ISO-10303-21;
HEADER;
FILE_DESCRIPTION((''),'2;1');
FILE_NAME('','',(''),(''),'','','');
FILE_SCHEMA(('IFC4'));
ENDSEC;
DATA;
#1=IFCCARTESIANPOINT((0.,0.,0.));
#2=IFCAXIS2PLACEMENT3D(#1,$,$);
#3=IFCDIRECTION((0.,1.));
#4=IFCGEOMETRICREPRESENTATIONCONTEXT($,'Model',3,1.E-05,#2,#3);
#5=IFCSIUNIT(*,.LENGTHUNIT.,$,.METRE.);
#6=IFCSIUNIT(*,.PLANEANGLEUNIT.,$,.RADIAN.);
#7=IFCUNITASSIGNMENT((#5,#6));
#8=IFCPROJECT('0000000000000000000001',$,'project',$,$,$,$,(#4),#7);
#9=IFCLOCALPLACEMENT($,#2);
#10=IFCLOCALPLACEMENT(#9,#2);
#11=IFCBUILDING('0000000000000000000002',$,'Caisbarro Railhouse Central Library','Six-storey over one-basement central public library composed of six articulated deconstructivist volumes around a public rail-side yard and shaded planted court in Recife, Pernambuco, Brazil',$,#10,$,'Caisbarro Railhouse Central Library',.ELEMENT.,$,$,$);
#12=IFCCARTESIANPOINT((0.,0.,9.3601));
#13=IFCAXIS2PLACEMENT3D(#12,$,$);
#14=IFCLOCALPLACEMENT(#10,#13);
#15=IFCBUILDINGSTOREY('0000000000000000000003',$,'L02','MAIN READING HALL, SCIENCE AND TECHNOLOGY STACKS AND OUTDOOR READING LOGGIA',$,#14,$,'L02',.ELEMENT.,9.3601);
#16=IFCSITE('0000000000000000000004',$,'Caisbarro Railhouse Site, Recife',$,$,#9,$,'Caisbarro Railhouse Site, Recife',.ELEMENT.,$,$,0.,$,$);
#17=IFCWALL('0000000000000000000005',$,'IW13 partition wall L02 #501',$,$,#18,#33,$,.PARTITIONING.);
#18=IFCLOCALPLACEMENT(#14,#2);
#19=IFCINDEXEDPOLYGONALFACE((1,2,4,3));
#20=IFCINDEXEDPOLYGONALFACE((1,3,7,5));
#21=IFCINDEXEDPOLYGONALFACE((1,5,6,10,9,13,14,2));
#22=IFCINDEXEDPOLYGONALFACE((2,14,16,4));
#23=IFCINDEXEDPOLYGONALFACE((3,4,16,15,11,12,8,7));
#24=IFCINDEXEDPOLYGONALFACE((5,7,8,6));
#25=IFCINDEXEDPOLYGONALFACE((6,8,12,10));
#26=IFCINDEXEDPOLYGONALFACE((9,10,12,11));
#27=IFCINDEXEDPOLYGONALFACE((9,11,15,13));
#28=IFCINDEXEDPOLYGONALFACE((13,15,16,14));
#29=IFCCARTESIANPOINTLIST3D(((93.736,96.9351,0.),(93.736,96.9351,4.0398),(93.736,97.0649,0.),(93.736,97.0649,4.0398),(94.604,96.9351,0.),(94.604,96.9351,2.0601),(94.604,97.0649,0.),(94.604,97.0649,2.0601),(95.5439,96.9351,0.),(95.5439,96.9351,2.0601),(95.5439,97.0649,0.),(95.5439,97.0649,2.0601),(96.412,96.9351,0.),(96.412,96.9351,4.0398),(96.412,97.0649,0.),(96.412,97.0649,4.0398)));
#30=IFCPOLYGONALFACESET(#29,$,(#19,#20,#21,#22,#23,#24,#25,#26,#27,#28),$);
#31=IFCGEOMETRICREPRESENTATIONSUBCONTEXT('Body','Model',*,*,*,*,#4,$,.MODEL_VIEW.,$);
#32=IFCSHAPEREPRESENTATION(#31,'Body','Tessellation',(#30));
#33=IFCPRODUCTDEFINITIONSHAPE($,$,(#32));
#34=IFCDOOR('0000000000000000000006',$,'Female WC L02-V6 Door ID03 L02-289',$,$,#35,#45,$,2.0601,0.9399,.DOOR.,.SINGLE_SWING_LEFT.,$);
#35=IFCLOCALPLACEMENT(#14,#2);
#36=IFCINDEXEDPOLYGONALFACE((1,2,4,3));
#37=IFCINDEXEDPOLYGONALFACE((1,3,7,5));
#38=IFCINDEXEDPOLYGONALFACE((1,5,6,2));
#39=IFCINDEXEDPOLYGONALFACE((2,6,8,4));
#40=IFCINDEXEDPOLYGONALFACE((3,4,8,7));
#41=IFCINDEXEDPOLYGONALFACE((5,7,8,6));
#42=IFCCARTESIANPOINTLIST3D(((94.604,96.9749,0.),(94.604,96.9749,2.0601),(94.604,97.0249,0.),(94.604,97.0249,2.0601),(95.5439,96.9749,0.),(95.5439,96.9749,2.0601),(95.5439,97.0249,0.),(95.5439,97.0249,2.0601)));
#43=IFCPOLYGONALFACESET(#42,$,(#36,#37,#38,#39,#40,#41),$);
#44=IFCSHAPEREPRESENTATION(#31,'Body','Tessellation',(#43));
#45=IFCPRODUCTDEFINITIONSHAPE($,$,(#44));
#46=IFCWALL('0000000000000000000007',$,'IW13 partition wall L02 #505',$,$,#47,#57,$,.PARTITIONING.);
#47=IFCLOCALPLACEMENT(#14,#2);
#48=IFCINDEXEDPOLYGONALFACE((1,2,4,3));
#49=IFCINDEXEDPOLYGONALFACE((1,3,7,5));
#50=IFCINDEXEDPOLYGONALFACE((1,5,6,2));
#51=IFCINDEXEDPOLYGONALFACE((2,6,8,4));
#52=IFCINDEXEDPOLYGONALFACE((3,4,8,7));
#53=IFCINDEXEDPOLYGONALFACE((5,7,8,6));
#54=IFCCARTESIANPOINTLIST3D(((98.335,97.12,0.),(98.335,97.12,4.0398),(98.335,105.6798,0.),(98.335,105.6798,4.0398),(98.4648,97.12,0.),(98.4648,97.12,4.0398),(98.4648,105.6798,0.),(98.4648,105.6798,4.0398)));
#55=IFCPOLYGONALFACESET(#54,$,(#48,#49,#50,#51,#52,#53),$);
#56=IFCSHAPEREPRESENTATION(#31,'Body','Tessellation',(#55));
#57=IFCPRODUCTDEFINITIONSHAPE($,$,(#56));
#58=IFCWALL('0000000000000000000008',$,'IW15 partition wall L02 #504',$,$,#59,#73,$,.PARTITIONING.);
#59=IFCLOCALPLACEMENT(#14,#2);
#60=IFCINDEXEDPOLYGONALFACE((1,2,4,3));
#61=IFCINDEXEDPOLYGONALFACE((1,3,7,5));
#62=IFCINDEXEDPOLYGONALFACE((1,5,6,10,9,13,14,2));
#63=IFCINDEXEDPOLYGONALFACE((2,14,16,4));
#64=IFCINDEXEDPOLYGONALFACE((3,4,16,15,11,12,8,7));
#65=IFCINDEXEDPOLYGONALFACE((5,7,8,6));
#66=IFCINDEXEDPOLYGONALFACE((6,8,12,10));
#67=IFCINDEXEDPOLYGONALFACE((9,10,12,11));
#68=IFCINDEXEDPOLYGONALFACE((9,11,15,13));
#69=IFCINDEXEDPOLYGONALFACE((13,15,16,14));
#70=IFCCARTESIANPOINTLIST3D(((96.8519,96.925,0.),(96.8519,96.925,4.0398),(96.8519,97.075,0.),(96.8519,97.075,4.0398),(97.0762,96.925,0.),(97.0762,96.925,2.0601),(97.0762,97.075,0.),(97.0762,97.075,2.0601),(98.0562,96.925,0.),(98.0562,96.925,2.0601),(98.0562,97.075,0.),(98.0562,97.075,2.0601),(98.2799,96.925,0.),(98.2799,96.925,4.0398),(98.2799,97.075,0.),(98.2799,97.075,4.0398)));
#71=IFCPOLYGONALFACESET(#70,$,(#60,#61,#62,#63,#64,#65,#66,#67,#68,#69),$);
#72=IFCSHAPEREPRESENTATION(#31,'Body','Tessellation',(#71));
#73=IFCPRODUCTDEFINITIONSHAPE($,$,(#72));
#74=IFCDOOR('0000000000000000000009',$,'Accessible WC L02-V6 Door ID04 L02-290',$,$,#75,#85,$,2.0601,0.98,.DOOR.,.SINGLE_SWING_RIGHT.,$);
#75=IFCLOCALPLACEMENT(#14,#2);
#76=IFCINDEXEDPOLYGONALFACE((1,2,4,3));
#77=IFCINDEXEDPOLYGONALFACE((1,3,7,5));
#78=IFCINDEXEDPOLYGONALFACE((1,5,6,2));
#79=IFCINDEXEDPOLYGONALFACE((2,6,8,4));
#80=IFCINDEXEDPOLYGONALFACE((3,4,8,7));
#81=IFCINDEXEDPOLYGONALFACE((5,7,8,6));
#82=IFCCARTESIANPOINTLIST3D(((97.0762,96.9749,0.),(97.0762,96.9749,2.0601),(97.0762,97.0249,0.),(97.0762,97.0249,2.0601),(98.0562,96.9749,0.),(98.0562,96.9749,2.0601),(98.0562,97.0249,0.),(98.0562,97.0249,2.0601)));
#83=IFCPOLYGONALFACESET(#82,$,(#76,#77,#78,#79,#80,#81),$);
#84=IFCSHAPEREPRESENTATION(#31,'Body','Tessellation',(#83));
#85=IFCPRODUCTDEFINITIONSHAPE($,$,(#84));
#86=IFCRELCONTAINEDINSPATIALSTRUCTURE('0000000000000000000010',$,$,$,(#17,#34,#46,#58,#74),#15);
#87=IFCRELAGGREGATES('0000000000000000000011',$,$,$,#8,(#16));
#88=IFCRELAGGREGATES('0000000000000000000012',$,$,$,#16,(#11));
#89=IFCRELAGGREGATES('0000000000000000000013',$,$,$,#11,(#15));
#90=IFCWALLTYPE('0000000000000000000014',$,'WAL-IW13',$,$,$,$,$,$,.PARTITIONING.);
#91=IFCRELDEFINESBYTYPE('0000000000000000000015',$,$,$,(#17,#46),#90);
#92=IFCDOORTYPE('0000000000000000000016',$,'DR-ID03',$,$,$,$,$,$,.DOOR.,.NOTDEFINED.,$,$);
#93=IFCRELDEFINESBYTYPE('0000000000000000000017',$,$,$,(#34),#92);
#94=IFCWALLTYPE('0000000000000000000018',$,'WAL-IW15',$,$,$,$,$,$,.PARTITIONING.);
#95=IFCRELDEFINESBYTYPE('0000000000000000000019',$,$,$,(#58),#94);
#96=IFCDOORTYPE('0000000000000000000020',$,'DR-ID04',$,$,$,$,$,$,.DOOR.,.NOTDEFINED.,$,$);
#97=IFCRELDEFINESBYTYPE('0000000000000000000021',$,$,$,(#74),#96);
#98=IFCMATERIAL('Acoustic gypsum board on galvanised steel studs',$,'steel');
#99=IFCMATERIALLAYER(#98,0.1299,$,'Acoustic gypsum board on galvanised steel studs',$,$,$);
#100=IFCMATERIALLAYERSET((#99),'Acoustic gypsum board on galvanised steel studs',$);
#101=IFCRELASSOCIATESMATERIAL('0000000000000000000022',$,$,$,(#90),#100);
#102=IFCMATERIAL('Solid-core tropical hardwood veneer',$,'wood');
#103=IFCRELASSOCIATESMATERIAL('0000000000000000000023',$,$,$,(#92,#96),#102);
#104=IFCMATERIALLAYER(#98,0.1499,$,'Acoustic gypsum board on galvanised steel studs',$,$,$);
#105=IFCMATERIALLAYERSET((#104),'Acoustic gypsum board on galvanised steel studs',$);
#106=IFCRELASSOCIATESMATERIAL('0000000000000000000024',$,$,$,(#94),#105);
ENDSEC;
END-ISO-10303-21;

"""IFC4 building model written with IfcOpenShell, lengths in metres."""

from ifc_helpers import new_model, si_unit, direction, frame, frame_2d, origin, place, context, subcontext, project, spatial, rectangle, extrude, material, layer, layer_set, type_object, element, fill, save


model = new_model("IFC4")

# Units and contexts
model_context = context("Model", 3, precision=1e-05, world=origin(), true_north=direction((0.0, 1.0)))
body_context = subcontext(model_context, "Body", "Model", "MODEL_VIEW")
ifc_project = project(units=[si_unit("LENGTHUNIT", "METRE"), si_unit("PLANEANGLEUNIT", "RADIAN")], contexts=[model_context])

# Site, building, storey
site_placement = place(None, origin())
site = spatial("IfcSite", under=ifc_project, at=site_placement, Name="Caisbarro Railhouse Site, Recife", LongName="Caisbarro Railhouse Site, Recife", CompositionType="ELEMENT", RefElevation=0.0)
building_placement = place(site_placement, origin())
building = spatial("IfcBuilding", under=site, at=building_placement, Name="Caisbarro Railhouse Central Library", Description="Six-storey over one-basement central public library composed of six articulated deconstructivist volumes around a public rail-side yard and shaded planted court in Recife, Pernambuco, Brazil", LongName="Caisbarro Railhouse Central Library", CompositionType="ELEMENT")
storey_placement = place(building_placement, frame((0.0, 0.0, 9.3601)))
storey = spatial("IfcBuildingStorey", under=building, at=storey_placement, Name="L02", Description="MAIN READING HALL, SCIENCE AND TECHNOLOGY STACKS AND OUTDOOR READING LOGGIA", LongName="L02", CompositionType="ELEMENT", Elevation=9.3601)

# Shared definitions
ifc_material_1 = material(Name="Acoustic gypsum board on galvanised steel studs", Category="steel")

# Wall, opening, door
ifc_layer_1 = layer(ifc_material_1, 0.1299, Name="Acoustic gypsum board on galvanised steel studs")
ifc_layer_set_1 = layer_set([ifc_layer_1], Name="Acoustic gypsum board on galvanised steel studs")
wall_type_1 = type_object("IfcWallType", Name="WAL-IW13", PredefinedType="PARTITIONING", material=ifc_layer_set_1)
wall_1_placement = place(storey_placement, frame((93.7361, 97.0, 0.0), z_axis=(0.0, 0.0, 1.0), x_axis=(1.0, 0.0, 0.0)))
wall_1 = element("IfcWall", 1, at=wall_1_placement, inside=storey, type_object=wall_type_1, Name="IW13 partition wall L02 #501", PredefinedType="PARTITIONING", context=body_context, shape_type="SweptSolid", body=[
    extrude(rectangle(XDim=2.676, YDim=0.1299, at=frame_2d((1.3379, 0.0))), origin(), (0.0, 0.0, 1.0), 4.0398),
])
opening_1_placement = place(wall_1_placement, frame((0.8679, 0.0, 0.0)))
opening_1 = element("IfcOpeningElement", 2, at=opening_1_placement, cuts=wall_1, PredefinedType="OPENING", context=body_context, shape_type="SweptSolid", body=[
    extrude(rectangle(XDim=0.9399, YDim=2.0601, at=frame_2d((0.47, 1.03))), frame((0.0, 0.075, 0.0), z_axis=(0.0, -1.0, 0.0), x_axis=(1.0, 0.0, 0.0)), (0.0, 0.0, 1.0), 0.1499),
])
ifc_material_2 = material(Name="Solid-core tropical hardwood veneer", Category="wood")
door_type_1 = type_object("IfcDoorType", Name="DR-ID03", OperationType="NOTDEFINED", PredefinedType="DOOR", material=ifc_material_2)
door_1_placement = place(opening_1_placement, origin())
door_1 = element("IfcDoor", 3, at=door_1_placement, inside=storey, type_object=door_type_1, Name="Female WC L02-V6 Door ID03 L02-289", OperationType="SINGLE_SWING_LEFT", OverallHeight=2.0601, OverallWidth=0.9399, PredefinedType="DOOR", context=body_context, shape_type="SweptSolid", body=[
    extrude(rectangle(XDim=0.9399, YDim=2.0601, at=frame_2d((0.47, 1.03))), frame((0.0, 0.0249, 0.0), z_axis=(0.0, -1.0, 0.0), x_axis=(1.0, 0.0, 0.0)), (0.0, 0.0, 1.0), 0.05),
])
fill(opening_1, door_1)

# Wall
wall_2_placement = place(storey_placement, frame((98.3999, 97.1201, 0.0), z_axis=(0.0, 0.0, 1.0), x_axis=(0.0, 1.0, 0.0)))
element("IfcWall", 4, at=wall_2_placement, inside=storey, type_object=wall_type_1, Name="IW13 partition wall L02 #505", PredefinedType="PARTITIONING", context=body_context, shape_type="SweptSolid", body=[
    extrude(rectangle(XDim=8.5598, YDim=0.1299, at=frame_2d((4.2798, 0.0))), origin(), (0.0, 0.0, 1.0), 4.0398),
])

# Wall, opening, door
ifc_layer_2 = layer(ifc_material_1, 0.1499, Name="Acoustic gypsum board on galvanised steel studs")
ifc_layer_set_2 = layer_set([ifc_layer_2], Name="Acoustic gypsum board on galvanised steel studs")
wall_type_2 = type_object("IfcWallType", Name="WAL-IW15", PredefinedType="PARTITIONING", material=ifc_layer_set_2)
wall_3_placement = place(storey_placement, frame((96.8521, 97.0, 0.0), z_axis=(0.0, 0.0, 1.0), x_axis=(1.0, 0.0, 0.0)))
wall_3 = element("IfcWall", 5, at=wall_3_placement, inside=storey, type_object=wall_type_2, Name="IW15 partition wall L02 #504", PredefinedType="PARTITIONING", context=body_context, shape_type="SweptSolid", body=[
    extrude(rectangle(XDim=1.428, YDim=0.1499, at=frame_2d((0.7139, 0.0))), origin(), (0.0, 0.0, 1.0), 4.0398),
])
opening_2_placement = place(wall_3_placement, frame((0.2241, 0.0, 0.0)))
opening_2 = element("IfcOpeningElement", 6, at=opening_2_placement, cuts=wall_3, PredefinedType="OPENING", context=body_context, shape_type="SweptSolid", body=[
    extrude(rectangle(XDim=0.98, YDim=2.0601, at=frame_2d((0.49, 1.03))), frame((0.0, 0.085, 0.0), z_axis=(0.0, -1.0, 0.0), x_axis=(1.0, 0.0, 0.0)), (0.0, 0.0, 1.0), 0.1699),
])
door_type_2 = type_object("IfcDoorType", Name="DR-ID04", OperationType="NOTDEFINED", PredefinedType="DOOR", material=ifc_material_2)
door_2_placement = place(opening_2_placement, origin())
door_2 = element("IfcDoor", 7, at=door_2_placement, inside=storey, type_object=door_type_2, Name="Accessible WC L02-V6 Door ID04 L02-290", OperationType="SINGLE_SWING_RIGHT", OverallHeight=2.0601, OverallWidth=0.98, PredefinedType="DOOR", context=body_context, shape_type="SweptSolid", body=[
    extrude(rectangle(XDim=0.98, YDim=2.0601, at=frame_2d((0.49, 1.03))), frame((0.0, 0.0249, 0.0), z_axis=(0.0, -1.0, 0.0), x_axis=(1.0, 0.0, 0.0)), (0.0, 0.0, 1.0), 0.05),
])
fill(opening_2, door_2)

save(model, "model.ifc")
